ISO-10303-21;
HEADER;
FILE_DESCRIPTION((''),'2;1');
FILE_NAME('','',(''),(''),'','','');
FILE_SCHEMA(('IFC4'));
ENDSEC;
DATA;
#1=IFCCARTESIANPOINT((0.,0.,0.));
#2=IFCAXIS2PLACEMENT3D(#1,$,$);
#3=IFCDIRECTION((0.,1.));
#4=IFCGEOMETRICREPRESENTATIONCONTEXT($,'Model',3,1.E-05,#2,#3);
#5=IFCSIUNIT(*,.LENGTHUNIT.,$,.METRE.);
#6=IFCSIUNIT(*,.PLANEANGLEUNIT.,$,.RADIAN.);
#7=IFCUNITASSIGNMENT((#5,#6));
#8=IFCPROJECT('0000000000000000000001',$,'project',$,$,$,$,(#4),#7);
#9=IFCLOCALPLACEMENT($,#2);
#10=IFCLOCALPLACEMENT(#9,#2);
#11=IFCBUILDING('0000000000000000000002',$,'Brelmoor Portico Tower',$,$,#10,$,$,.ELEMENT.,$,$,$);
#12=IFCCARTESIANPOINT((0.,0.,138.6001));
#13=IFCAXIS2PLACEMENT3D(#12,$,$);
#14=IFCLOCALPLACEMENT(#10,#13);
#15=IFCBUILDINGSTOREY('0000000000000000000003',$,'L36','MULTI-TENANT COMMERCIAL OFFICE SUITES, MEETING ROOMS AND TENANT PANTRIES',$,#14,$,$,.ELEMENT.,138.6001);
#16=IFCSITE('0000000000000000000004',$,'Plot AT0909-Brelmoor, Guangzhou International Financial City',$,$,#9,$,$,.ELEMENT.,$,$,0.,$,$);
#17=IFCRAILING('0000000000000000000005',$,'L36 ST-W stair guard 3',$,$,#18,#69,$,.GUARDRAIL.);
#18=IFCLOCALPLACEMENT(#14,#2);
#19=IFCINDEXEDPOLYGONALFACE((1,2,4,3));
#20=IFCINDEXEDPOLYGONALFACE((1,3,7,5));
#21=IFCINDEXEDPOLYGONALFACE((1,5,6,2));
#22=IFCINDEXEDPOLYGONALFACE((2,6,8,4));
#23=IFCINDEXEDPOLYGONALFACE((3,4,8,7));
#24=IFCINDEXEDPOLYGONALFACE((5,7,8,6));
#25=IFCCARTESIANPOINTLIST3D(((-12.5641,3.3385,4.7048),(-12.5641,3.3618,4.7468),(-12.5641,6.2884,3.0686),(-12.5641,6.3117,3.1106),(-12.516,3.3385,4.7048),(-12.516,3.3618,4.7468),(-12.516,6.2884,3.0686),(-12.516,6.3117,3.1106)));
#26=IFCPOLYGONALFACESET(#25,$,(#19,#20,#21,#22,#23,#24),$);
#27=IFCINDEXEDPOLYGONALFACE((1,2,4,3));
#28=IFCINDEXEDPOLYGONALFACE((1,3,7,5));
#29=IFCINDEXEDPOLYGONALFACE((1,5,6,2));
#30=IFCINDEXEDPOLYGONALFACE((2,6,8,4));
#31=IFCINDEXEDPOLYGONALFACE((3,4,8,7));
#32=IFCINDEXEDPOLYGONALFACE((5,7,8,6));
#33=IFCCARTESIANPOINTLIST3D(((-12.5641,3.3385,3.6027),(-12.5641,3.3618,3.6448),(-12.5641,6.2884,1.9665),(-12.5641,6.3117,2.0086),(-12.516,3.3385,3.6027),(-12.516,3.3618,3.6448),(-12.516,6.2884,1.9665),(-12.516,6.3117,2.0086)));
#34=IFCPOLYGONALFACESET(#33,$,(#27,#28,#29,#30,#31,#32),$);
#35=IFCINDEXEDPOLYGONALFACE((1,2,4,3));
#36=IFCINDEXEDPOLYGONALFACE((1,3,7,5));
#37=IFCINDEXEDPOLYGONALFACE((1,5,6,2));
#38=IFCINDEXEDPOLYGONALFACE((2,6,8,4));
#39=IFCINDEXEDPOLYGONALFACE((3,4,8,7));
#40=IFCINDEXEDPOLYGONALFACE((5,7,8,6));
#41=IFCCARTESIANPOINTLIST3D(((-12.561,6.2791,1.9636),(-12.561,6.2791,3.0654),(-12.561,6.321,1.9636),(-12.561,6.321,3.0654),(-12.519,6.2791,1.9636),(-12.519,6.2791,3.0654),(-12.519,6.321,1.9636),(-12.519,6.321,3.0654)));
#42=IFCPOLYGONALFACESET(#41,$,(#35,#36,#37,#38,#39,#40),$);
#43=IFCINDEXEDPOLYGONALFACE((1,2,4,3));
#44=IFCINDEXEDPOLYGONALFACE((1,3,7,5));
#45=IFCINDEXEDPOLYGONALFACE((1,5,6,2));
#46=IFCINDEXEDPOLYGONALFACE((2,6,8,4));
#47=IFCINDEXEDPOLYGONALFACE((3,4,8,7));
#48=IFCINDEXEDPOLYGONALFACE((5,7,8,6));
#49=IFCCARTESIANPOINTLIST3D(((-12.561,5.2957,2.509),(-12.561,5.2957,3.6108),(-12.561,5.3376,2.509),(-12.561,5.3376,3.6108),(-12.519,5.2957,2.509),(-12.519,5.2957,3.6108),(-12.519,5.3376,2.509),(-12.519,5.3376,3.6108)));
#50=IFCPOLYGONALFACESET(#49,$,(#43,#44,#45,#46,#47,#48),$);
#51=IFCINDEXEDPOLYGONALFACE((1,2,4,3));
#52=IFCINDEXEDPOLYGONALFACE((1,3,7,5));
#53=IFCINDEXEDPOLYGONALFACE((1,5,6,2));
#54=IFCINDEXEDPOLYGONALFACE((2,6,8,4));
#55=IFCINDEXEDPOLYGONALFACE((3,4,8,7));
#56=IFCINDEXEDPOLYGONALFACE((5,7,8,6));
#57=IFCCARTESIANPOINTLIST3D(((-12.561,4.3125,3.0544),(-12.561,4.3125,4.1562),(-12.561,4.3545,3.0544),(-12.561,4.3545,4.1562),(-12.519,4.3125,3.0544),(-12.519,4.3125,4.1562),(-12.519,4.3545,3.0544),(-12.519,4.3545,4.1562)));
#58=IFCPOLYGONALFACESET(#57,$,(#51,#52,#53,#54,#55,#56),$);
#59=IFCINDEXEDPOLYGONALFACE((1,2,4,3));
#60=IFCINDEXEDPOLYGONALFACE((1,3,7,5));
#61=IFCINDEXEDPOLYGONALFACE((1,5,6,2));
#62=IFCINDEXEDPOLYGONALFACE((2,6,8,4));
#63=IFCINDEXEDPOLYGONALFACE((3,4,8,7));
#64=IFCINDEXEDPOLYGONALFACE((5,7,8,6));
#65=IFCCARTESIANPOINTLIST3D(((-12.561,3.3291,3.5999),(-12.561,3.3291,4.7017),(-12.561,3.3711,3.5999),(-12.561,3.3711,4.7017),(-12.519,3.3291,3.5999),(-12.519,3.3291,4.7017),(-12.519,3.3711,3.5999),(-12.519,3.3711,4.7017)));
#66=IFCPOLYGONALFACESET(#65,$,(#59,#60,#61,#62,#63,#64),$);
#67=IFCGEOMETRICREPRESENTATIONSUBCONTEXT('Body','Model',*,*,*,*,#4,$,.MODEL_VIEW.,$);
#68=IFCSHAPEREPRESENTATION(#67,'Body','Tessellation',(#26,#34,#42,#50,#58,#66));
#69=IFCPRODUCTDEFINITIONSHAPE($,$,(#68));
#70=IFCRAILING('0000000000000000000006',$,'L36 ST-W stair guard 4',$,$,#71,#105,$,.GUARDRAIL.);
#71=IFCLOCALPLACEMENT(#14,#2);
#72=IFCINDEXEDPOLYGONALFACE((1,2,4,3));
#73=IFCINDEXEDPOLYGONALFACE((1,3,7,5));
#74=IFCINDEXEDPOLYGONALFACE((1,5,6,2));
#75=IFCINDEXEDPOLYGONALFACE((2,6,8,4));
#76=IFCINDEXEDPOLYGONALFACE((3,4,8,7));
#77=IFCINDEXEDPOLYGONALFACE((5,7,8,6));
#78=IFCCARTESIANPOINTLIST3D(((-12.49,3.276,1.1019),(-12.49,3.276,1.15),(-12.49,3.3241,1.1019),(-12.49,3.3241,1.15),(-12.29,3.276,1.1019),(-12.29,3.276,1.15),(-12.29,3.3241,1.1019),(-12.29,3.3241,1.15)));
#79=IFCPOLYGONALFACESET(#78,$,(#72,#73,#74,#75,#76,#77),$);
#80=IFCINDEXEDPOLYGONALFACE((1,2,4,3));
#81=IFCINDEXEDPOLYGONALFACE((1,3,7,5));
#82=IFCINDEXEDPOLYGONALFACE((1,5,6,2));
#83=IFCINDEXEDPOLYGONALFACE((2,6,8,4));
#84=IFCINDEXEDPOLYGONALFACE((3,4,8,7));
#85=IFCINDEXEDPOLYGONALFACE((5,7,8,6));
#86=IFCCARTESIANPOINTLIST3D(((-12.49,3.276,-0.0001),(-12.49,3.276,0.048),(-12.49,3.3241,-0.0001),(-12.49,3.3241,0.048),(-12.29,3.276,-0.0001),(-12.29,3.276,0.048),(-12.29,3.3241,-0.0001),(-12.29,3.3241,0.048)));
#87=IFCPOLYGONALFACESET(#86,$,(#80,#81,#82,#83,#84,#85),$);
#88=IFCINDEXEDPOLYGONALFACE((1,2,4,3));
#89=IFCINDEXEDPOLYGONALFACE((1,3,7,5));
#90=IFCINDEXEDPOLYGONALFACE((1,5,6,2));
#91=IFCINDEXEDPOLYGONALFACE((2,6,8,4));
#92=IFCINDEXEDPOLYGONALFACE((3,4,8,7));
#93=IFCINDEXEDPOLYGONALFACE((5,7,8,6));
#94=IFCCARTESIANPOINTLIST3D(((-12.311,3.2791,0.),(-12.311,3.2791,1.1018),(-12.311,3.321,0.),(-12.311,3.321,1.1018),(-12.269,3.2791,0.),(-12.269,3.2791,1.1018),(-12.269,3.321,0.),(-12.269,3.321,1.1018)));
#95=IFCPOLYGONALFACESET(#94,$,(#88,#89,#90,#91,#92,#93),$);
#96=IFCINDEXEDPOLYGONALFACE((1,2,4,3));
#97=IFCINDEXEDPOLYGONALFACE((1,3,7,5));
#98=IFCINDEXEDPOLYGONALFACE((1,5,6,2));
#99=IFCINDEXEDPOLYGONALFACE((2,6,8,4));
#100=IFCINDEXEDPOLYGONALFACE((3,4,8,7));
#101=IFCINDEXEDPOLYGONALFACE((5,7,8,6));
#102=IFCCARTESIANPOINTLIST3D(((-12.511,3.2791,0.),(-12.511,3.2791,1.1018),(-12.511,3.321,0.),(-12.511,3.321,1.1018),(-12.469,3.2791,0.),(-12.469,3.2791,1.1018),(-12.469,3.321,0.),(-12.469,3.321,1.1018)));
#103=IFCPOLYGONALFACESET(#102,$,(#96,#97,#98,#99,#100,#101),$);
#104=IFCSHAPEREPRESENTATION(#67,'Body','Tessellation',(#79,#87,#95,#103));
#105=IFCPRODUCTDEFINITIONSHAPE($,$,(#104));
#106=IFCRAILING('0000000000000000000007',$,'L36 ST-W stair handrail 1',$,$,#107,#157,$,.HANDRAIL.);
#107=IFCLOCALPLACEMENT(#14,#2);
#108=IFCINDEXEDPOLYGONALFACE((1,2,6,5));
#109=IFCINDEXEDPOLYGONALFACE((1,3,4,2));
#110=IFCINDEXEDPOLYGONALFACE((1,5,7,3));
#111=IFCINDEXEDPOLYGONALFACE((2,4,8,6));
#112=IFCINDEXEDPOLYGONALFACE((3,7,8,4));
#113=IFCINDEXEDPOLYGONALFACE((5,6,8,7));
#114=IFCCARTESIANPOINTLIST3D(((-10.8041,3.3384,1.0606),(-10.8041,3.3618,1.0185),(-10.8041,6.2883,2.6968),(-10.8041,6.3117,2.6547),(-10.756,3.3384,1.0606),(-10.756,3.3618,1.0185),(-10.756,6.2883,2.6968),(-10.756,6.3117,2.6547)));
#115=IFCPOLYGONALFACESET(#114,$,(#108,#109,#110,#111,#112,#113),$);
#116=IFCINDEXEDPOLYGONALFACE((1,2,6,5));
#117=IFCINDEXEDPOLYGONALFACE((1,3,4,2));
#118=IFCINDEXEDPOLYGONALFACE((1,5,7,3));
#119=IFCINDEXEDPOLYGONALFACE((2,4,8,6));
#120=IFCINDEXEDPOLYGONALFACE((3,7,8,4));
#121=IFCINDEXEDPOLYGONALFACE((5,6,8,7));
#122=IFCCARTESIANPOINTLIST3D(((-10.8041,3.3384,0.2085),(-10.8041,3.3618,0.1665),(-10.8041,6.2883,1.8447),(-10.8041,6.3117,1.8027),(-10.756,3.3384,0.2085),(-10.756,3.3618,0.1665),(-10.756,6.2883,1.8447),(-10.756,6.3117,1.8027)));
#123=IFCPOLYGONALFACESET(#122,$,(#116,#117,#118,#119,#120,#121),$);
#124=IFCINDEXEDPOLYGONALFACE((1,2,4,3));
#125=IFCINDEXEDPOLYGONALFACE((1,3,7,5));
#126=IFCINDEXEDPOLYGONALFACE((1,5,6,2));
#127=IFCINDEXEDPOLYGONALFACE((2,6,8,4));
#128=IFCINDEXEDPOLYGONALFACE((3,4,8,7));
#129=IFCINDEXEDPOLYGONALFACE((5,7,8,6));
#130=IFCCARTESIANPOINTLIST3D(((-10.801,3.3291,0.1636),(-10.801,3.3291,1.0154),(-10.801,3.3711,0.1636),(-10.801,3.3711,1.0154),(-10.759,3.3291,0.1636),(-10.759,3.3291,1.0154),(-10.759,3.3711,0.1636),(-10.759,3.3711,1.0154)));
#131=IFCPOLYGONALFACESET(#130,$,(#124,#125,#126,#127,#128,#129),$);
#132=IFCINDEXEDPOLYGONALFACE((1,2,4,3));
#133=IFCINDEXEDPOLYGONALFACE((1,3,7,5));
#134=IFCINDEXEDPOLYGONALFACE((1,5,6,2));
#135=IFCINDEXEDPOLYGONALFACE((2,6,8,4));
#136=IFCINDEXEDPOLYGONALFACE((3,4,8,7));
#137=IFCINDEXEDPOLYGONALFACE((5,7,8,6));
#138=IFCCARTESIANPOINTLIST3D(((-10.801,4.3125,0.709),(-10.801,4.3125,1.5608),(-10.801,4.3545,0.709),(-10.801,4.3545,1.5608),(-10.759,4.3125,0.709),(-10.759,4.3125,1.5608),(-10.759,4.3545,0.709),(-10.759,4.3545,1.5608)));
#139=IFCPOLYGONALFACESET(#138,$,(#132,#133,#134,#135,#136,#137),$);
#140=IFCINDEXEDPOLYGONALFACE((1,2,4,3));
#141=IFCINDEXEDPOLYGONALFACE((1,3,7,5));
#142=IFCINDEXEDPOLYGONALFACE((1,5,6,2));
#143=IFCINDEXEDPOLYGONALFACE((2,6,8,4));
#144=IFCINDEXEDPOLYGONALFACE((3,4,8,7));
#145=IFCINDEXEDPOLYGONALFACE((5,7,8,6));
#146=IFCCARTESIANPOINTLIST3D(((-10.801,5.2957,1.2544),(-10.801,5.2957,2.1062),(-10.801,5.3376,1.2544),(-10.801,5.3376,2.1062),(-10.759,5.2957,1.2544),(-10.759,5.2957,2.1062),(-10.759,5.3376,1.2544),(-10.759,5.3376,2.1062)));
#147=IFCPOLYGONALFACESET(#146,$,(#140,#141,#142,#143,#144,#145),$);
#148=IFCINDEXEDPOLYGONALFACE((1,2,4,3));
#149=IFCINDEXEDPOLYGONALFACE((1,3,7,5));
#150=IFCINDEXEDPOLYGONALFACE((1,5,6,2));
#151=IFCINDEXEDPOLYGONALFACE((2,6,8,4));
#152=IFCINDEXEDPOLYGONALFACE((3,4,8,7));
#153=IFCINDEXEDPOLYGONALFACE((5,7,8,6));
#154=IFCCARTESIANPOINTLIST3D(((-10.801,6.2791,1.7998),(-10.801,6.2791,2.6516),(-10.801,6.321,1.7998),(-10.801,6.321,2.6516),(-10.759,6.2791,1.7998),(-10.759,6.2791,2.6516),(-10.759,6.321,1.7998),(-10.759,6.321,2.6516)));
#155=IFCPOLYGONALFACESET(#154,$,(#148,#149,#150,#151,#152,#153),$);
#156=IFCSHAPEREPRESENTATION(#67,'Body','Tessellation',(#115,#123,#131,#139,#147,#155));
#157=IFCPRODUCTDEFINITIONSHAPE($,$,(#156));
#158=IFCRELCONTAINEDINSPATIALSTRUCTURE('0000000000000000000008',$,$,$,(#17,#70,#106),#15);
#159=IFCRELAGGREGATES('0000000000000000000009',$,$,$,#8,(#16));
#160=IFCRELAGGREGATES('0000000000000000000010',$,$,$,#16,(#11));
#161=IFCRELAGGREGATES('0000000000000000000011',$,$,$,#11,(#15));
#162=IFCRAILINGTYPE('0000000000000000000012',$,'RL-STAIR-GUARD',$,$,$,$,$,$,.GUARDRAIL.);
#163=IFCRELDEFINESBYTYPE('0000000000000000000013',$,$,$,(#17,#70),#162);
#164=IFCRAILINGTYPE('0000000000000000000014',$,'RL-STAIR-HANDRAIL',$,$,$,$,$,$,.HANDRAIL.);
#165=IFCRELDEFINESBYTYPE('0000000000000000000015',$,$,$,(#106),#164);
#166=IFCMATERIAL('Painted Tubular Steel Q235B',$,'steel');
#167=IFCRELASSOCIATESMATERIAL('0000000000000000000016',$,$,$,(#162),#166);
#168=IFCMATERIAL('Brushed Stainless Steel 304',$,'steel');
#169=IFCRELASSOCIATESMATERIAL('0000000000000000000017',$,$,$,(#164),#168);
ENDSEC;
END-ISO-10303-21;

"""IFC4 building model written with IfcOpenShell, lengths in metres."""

from ifc_helpers import new_model, si_unit, direction, frame, origin, origin_2d, place, context, subcontext, project, spatial, rectangle, extrude, material, type_object, element, save


model = new_model("IFC4")

# Units and contexts
model_context = context("Model", 3, precision=1e-05, world=origin(), true_north=direction((0.0, 1.0)))
body_context = subcontext(model_context, "Body", "Model", "MODEL_VIEW")
ifc_project = project(units=[si_unit("LENGTHUNIT", "METRE"), si_unit("PLANEANGLEUNIT", "RADIAN")], contexts=[model_context])

# Site, building, storey
site_placement = place(None, origin())
site = spatial("IfcSite", under=ifc_project, at=site_placement, Name="Plot AT0909-Brelmoor, Guangzhou International Financial City", CompositionType="ELEMENT", RefElevation=0.0)
building_placement = place(site_placement, origin())
building = spatial("IfcBuilding", under=site, at=building_placement, Name="Brelmoor Portico Tower", CompositionType="ELEMENT")
storey_placement = place(building_placement, frame((0.0, 0.0, 138.6001)))
storey = spatial("IfcBuildingStorey", under=building, at=storey_placement, Name="L36", Description="MULTI-TENANT COMMERCIAL OFFICE SUITES, MEETING ROOMS AND TENANT PANTRIES", CompositionType="ELEMENT", Elevation=138.6001)

# Railings
ifc_material_1 = material(Name="Painted Tubular Steel Q235B", Category="steel")
railing_type_1 = type_object("IfcRailingType", Name="RL-STAIR-GUARD", PredefinedType="GUARDRAIL", material=ifc_material_1)
railing_1_placement = place(storey_placement, frame((-12.54, 6.3, 1.9636)))
element("IfcRailing", 1, at=railing_1_placement, inside=storey, type_object=railing_type_1, Name="L36 ST-W stair guard 3", PredefinedType="GUARDRAIL", context=body_context, shape_type="SweptSolid", body=[
    extrude(rectangle(XDim=0.0481, YDim=0.0481, at=origin_2d()), frame((0.0, 0.0, 1.126), z_axis=(0.0, -0.874488, 0.485047), x_axis=(1.0, 0.0, 0.0)), (0.0, 0.0, 1.0), 3.3733),
    extrude(rectangle(XDim=0.0481, YDim=0.0481, at=origin_2d()), frame((0.0, 0.0, 0.0239), z_axis=(0.0, -0.874488, 0.485047), x_axis=(1.0, 0.0, 0.0)), (0.0, 0.0, 1.0), 3.3733),
    extrude(rectangle(XDim=0.042, YDim=0.042, at=origin_2d()), origin(), (0.0, 0.0, 1.0), 1.1018),
    extrude(rectangle(XDim=0.042, YDim=0.042, at=origin_2d()), frame((0.0, -0.9834, 0.5454)), (0.0, 0.0, 1.0), 1.1018),
    extrude(rectangle(XDim=0.042, YDim=0.042, at=origin_2d()), frame((0.0, -1.9666, 1.0908)), (0.0, 0.0, 1.0), 1.1018),
    extrude(rectangle(XDim=0.042, YDim=0.042, at=origin_2d()), frame((0.0, -2.95, 1.6362)), (0.0, 0.0, 1.0), 1.1018),
])
railing_2_placement = place(storey_placement, frame((-12.29, 3.3, 0.0)))
element("IfcRailing", 2, at=railing_2_placement, inside=storey, type_object=railing_type_1, Name="L36 ST-W stair guard 4", PredefinedType="GUARDRAIL", context=body_context, shape_type="SweptSolid", body=[
    extrude(rectangle(XDim=0.0481, YDim=0.0481, at=origin_2d()), frame((0.0, 0.0, 1.126), z_axis=(-1.0, 0.0, 0.0), x_axis=(0.0, -1.0, 0.0)), (0.0, 0.0, 1.0), 0.2),
    extrude(rectangle(XDim=0.0481, YDim=0.0481, at=origin_2d()), frame((0.0, 0.0, 0.0239), z_axis=(-1.0, 0.0, 0.0), x_axis=(0.0, -1.0, 0.0)), (0.0, 0.0, 1.0), 0.2),
    extrude(rectangle(XDim=0.042, YDim=0.042, at=origin_2d()), origin(), (0.0, 0.0, 1.0), 1.1018),
    extrude(rectangle(XDim=0.042, YDim=0.042, at=origin_2d()), frame((-0.2, 0.0, 0.0)), (0.0, 0.0, 1.0), 1.1018),
])
ifc_material_2 = material(Name="Brushed Stainless Steel 304", Category="steel")
railing_type_2 = type_object("IfcRailingType", Name="RL-STAIR-HANDRAIL", PredefinedType="HANDRAIL", material=ifc_material_2)
railing_3_placement = place(storey_placement, frame((-10.78, 3.3501, 0.1636)))
element("IfcRailing", 3, at=railing_3_placement, inside=storey, type_object=railing_type_2, Name="L36 ST-W stair handrail 1", PredefinedType="HANDRAIL", context=body_context, shape_type="SweptSolid", body=[
    extrude(rectangle(XDim=0.0481, YDim=0.0481, at=origin_2d()), frame((0.0, 0.0, 0.876), z_axis=(0.0, 0.874488, 0.485047), x_axis=(-1.0, 0.0, 0.0)), (0.0, 0.0, 1.0), 3.3733),
    extrude(rectangle(XDim=0.0481, YDim=0.0481, at=origin_2d()), frame((0.0, 0.0, 0.0239), z_axis=(0.0, 0.874488, 0.485047), x_axis=(-1.0, 0.0, 0.0)), (0.0, 0.0, 1.0), 3.3733),
    extrude(rectangle(XDim=0.042, YDim=0.042, at=origin_2d()), origin(), (0.0, 0.0, 1.0), 0.8518),
    extrude(rectangle(XDim=0.042, YDim=0.042, at=origin_2d()), frame((0.0, 0.9834, 0.5454)), (0.0, 0.0, 1.0), 0.8518),
    extrude(rectangle(XDim=0.042, YDim=0.042, at=origin_2d()), frame((0.0, 1.9666, 1.0908)), (0.0, 0.0, 1.0), 0.8518),
    extrude(rectangle(XDim=0.042, YDim=0.042, at=origin_2d()), frame((0.0, 2.95, 1.6362)), (0.0, 0.0, 1.0), 0.8518),
])

save(model, "model.ifc")
